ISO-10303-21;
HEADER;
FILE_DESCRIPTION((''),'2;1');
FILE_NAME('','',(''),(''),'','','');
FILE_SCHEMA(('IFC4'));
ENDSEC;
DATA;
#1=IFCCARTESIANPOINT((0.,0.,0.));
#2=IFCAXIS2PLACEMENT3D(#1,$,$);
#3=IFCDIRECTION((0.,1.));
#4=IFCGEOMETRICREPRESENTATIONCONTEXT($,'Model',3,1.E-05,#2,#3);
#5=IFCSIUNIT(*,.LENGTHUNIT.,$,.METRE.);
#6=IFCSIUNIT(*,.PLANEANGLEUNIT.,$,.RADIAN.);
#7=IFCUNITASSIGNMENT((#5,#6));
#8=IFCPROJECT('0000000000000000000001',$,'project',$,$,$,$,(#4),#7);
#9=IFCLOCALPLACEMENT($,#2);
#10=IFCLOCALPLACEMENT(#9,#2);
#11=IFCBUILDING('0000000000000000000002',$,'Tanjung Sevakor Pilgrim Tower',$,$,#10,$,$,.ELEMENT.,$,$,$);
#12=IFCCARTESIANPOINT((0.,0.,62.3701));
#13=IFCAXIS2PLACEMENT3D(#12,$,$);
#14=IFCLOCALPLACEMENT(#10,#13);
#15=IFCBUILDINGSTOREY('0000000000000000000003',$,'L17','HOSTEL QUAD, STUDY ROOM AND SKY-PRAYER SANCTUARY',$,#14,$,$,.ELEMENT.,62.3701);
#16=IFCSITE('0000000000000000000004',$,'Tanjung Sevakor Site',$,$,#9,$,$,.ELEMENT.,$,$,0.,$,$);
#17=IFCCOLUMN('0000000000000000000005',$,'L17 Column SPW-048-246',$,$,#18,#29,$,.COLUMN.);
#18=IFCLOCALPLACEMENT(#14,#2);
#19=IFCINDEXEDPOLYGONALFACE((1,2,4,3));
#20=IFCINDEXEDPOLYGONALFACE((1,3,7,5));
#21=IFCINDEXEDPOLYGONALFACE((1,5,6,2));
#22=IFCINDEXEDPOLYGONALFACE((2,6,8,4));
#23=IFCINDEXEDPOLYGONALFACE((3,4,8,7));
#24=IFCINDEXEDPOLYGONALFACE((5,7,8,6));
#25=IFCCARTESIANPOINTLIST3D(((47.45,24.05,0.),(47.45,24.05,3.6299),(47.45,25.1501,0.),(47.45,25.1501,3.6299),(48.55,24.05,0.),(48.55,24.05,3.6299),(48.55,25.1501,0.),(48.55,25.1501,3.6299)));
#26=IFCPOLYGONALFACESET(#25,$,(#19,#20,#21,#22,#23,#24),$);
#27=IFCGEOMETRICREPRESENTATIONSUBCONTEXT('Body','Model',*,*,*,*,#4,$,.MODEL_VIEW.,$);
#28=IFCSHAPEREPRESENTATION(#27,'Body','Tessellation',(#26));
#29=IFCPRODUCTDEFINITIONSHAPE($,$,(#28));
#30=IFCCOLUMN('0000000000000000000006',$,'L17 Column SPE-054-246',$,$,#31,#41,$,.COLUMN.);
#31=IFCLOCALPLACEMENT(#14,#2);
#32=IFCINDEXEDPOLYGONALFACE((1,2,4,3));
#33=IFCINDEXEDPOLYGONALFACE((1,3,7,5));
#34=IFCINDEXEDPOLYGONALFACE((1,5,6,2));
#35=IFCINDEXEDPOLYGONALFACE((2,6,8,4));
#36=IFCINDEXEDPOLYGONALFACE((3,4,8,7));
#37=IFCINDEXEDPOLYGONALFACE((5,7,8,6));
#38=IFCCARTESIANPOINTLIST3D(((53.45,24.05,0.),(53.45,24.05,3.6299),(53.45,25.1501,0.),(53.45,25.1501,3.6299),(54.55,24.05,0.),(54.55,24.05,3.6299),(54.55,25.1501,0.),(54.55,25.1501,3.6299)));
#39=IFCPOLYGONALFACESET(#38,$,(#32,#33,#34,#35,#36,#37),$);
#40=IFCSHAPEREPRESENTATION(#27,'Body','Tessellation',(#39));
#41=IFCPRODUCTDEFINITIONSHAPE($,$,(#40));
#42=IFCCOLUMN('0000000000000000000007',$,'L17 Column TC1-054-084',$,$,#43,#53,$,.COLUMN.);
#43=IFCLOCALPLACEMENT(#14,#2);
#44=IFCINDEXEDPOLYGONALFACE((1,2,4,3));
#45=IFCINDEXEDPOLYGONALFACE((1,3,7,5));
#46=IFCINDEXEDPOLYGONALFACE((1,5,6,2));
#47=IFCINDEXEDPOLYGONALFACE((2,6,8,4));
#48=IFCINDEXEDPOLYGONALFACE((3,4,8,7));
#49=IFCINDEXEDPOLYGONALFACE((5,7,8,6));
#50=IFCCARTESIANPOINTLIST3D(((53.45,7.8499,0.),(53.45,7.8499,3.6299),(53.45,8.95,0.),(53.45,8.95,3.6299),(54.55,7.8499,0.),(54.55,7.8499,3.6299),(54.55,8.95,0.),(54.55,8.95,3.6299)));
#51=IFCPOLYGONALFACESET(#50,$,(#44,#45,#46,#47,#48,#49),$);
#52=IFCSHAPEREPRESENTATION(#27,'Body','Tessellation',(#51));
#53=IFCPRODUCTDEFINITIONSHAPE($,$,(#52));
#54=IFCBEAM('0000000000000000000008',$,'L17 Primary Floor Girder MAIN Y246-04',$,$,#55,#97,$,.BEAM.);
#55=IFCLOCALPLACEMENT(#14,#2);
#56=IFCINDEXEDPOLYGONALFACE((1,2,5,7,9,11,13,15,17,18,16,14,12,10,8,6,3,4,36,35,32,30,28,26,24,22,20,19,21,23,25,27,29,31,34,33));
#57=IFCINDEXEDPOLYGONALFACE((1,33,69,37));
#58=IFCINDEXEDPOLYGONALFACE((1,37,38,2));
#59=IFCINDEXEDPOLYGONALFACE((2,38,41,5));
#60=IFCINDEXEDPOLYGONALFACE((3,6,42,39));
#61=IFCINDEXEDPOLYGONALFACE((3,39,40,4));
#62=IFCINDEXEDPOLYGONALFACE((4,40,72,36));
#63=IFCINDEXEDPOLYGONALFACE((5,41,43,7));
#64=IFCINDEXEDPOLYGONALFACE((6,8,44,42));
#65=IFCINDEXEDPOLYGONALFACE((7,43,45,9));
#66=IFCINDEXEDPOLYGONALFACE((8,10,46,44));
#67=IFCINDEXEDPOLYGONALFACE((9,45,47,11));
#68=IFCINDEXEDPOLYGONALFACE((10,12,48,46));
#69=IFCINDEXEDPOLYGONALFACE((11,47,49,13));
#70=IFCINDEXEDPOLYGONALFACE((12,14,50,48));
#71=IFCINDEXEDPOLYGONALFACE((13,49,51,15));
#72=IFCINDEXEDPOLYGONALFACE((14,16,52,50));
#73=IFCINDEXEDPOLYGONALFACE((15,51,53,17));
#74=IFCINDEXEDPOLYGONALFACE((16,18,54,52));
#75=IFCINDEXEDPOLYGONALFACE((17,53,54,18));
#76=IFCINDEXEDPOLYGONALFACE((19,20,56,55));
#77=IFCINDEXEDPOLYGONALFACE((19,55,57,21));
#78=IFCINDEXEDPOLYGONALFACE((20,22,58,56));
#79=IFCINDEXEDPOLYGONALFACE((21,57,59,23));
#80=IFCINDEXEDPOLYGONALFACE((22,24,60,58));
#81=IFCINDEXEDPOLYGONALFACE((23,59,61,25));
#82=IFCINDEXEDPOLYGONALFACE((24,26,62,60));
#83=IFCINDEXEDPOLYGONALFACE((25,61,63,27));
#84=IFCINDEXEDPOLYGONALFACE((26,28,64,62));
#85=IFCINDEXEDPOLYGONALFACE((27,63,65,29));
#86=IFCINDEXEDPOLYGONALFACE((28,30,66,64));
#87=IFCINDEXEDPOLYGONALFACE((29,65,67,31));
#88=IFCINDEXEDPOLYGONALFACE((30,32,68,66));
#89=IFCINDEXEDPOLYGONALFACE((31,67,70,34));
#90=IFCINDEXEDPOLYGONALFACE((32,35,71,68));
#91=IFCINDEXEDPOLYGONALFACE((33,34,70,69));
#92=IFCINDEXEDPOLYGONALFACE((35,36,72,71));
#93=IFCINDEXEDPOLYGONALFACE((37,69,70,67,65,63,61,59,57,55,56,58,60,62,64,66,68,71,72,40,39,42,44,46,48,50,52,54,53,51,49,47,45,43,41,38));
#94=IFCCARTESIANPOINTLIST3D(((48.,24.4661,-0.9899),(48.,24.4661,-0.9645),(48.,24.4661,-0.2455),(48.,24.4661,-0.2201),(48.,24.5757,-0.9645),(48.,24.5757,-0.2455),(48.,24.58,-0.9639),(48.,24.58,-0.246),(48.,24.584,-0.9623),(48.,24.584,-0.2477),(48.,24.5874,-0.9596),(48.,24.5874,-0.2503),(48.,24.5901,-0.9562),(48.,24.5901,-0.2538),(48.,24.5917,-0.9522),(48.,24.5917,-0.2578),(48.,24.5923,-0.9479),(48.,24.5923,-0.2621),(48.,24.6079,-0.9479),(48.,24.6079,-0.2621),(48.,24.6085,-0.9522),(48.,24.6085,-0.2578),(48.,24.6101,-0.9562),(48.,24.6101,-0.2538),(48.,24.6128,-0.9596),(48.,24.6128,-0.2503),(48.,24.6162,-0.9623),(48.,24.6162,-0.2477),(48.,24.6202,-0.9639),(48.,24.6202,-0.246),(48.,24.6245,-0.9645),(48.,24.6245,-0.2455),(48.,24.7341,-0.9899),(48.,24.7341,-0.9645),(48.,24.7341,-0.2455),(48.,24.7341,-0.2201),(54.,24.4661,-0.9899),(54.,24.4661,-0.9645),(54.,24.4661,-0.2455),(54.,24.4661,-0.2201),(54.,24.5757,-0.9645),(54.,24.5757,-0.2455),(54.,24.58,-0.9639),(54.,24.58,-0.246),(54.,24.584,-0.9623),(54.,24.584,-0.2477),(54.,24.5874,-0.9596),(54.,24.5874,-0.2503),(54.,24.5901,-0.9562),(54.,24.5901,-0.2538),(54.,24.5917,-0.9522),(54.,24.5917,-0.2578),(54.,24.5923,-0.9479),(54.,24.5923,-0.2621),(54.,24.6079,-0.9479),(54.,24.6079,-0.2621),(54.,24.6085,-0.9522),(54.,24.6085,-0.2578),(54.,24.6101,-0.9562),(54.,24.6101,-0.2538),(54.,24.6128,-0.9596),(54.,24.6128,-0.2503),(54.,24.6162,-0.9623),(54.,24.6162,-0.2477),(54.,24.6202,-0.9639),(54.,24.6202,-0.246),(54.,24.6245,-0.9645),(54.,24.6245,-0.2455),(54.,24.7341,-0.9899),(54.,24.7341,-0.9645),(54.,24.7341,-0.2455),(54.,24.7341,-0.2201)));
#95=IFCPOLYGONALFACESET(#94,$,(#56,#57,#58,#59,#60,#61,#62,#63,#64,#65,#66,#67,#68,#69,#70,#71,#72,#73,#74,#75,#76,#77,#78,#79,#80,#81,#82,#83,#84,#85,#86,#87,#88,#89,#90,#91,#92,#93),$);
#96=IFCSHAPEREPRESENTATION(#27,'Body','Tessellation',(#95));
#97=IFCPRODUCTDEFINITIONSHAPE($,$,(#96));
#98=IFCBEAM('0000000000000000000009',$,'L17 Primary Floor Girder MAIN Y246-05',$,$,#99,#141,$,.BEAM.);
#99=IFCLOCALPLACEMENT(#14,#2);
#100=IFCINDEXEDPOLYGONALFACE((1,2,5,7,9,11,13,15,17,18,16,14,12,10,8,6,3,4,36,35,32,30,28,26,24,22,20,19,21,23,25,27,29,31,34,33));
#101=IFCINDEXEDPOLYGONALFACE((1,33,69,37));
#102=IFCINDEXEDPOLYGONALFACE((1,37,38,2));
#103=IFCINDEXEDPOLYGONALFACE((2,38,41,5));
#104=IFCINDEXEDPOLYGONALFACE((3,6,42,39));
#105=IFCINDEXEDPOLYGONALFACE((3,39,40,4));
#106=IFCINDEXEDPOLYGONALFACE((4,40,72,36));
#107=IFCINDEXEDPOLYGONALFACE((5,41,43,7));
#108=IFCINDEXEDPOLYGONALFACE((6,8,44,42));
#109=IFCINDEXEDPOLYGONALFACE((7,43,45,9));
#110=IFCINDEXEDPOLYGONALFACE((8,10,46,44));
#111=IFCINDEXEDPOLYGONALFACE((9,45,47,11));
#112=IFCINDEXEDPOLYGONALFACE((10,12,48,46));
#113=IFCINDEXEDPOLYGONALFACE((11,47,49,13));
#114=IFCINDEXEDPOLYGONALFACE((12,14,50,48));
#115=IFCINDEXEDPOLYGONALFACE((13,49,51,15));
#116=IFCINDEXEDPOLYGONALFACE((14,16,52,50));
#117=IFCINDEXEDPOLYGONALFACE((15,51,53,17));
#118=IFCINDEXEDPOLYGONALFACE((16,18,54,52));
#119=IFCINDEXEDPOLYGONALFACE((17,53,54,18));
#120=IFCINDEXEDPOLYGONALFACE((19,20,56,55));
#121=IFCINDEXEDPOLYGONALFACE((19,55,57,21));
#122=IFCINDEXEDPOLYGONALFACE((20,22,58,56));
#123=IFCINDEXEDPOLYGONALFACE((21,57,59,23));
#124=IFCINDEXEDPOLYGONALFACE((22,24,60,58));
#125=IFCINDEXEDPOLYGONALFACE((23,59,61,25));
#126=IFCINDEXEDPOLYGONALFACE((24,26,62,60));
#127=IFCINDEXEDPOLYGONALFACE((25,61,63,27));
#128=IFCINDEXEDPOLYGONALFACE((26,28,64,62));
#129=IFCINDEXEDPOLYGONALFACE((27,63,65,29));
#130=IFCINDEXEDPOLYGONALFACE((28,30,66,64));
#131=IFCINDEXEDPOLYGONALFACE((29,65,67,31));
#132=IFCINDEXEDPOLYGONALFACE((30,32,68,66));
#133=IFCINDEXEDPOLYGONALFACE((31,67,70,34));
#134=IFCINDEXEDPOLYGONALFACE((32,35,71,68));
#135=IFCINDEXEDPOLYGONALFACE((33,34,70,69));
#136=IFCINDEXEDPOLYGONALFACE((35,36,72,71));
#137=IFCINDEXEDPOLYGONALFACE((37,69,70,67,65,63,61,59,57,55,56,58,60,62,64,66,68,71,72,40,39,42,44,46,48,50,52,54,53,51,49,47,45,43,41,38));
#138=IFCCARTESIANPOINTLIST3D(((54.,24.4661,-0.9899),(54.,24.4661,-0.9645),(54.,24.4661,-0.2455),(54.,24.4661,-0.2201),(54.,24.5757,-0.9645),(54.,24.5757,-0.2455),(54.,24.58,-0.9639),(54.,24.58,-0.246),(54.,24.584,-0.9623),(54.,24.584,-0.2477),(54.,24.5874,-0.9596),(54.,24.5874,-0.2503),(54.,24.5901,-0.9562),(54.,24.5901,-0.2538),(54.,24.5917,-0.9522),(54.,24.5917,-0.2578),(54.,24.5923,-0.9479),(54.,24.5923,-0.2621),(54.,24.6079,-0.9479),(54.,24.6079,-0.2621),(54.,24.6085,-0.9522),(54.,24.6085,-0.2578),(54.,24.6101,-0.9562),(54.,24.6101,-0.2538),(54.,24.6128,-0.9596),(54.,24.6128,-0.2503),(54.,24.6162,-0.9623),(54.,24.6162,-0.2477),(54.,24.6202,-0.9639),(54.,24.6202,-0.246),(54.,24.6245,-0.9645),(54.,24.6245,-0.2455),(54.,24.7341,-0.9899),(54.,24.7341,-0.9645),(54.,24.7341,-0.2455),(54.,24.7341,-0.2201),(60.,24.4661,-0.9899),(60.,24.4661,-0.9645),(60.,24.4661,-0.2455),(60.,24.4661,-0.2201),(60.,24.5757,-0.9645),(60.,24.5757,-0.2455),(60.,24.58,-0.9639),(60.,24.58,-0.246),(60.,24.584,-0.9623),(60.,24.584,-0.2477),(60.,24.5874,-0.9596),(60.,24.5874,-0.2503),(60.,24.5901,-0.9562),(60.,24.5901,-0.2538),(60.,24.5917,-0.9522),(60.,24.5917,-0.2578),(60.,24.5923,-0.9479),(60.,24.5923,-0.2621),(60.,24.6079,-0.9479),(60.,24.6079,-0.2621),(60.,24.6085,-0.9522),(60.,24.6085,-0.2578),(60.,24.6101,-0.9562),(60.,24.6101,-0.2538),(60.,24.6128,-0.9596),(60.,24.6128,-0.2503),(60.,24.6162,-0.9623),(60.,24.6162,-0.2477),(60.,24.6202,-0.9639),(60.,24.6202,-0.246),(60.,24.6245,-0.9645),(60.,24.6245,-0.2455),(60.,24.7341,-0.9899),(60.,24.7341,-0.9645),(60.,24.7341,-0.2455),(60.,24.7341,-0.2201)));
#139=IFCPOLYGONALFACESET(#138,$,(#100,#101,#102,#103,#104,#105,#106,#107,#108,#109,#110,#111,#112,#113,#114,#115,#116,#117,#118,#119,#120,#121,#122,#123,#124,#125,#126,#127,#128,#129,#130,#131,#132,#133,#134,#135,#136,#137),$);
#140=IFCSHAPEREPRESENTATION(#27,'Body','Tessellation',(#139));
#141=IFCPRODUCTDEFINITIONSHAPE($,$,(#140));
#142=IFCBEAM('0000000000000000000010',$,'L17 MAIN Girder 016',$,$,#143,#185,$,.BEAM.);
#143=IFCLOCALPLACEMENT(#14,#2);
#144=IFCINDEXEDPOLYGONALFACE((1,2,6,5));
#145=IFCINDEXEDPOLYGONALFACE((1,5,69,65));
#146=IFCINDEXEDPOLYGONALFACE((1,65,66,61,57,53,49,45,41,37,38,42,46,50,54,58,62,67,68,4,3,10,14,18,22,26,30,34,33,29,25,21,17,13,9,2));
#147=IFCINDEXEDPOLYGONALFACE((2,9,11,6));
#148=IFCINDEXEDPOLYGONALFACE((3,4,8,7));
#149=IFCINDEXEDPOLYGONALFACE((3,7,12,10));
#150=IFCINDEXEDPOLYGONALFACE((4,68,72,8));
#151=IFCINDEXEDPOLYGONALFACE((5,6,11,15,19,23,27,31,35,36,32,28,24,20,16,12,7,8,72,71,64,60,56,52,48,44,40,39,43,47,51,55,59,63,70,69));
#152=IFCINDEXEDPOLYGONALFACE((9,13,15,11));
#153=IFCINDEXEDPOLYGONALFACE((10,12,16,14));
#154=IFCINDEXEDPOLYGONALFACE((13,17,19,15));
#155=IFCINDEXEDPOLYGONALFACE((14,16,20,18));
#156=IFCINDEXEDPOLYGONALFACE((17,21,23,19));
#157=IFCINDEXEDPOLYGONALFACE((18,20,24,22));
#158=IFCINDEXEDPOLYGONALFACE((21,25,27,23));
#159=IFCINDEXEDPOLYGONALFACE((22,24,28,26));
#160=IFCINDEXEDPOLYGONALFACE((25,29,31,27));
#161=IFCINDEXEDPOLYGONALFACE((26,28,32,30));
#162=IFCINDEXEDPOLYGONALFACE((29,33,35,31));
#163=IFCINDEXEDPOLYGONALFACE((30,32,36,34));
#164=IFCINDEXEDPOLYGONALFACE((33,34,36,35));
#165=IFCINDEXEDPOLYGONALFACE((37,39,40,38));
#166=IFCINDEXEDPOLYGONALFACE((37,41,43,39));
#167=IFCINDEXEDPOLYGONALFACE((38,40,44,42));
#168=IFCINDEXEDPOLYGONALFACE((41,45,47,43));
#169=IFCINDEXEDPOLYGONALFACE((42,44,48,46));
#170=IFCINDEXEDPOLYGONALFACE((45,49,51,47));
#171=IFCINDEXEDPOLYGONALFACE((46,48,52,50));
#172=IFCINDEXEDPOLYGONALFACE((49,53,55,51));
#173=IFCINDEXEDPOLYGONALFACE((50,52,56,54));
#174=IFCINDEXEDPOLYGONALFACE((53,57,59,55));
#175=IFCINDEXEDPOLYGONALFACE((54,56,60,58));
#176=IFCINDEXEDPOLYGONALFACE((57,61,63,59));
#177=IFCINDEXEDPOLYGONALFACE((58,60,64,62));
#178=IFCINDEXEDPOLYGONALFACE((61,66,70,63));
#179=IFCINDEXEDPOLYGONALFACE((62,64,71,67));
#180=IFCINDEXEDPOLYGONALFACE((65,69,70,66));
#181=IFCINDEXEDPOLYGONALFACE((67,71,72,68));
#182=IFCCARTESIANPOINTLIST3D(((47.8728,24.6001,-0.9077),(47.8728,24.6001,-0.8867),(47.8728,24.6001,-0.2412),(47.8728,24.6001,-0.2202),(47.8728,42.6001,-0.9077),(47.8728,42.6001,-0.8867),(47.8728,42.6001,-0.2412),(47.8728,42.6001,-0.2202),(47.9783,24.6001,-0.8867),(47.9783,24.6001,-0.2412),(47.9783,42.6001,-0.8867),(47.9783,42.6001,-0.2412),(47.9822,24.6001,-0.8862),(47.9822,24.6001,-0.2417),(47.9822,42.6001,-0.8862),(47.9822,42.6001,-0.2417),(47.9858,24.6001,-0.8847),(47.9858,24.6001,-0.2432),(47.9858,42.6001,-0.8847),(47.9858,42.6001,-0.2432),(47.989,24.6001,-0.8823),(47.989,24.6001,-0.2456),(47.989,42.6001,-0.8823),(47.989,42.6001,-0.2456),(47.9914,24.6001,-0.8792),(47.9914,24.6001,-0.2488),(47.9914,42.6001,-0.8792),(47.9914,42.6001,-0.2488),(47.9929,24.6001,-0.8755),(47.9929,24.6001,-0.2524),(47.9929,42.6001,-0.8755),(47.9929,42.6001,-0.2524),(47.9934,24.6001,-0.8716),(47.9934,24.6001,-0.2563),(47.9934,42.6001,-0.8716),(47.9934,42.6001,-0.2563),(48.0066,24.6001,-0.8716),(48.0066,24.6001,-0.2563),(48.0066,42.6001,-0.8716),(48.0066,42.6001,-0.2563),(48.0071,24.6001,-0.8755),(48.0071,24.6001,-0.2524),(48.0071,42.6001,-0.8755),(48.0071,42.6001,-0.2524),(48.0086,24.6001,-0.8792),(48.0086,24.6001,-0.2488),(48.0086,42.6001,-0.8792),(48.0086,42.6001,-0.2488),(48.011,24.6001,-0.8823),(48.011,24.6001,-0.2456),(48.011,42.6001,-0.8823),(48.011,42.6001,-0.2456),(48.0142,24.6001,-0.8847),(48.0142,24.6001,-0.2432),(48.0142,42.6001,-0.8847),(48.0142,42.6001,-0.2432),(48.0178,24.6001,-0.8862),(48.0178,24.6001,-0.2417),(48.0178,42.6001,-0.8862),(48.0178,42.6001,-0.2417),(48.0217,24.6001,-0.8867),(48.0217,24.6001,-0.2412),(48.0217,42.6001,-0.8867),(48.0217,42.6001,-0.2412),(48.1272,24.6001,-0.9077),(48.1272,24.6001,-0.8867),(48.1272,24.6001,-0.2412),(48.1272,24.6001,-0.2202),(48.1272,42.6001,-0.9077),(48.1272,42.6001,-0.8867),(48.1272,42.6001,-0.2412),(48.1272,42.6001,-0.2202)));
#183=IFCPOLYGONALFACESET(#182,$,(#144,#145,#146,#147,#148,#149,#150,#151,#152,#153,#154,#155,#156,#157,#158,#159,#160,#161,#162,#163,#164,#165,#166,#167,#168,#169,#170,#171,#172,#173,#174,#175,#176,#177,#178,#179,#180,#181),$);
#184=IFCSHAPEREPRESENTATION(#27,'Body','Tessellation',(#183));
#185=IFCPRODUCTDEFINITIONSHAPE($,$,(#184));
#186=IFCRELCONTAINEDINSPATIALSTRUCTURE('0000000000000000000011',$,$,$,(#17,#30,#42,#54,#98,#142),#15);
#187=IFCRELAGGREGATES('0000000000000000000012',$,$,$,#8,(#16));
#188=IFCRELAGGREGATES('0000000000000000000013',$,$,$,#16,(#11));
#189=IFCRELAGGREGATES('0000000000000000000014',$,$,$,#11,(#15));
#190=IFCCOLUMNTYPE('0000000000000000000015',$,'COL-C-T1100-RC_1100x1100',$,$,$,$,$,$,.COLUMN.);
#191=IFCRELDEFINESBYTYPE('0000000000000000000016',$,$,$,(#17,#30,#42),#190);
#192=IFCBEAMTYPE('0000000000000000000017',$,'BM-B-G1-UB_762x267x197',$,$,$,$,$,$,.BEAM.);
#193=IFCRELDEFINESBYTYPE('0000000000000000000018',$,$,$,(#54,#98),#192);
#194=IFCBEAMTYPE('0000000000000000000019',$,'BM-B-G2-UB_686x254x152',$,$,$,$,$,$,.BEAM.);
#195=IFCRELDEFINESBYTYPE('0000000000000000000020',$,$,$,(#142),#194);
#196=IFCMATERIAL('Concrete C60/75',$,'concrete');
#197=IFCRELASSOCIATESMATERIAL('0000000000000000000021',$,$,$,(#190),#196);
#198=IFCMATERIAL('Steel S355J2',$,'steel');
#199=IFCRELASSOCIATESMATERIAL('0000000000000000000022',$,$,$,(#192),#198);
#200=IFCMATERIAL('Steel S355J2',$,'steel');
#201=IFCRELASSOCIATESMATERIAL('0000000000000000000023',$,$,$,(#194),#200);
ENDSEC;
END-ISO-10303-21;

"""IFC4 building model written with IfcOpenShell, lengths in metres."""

from ifc_helpers import new_model, si_unit, direction, frame, origin, origin_2d, place, context, subcontext, project, spatial, rectangle, i_section, extrude, material, material_profile, profile_set, type_object, element, save


model = new_model("IFC4")

# Units and contexts
model_context = context("Model", 3, precision=1e-05, world=origin(), true_north=direction((0.0, 1.0)))
body_context = subcontext(model_context, "Body", "Model", "MODEL_VIEW")
ifc_project = project(units=[si_unit("LENGTHUNIT", "METRE"), si_unit("PLANEANGLEUNIT", "RADIAN")], contexts=[model_context])

# Site, building, storey
site_placement = place(None, origin())
site = spatial("IfcSite", under=ifc_project, at=site_placement, Name="Tanjung Sevakor Site", CompositionType="ELEMENT", RefElevation=0.0)
building_placement = place(site_placement, origin())
building = spatial("IfcBuilding", under=site, at=building_placement, Name="Tanjung Sevakor Pilgrim Tower", CompositionType="ELEMENT")
storey_placement = place(building_placement, frame((0.0, 0.0, 62.3701)))
storey = spatial("IfcBuildingStorey", under=building, at=storey_placement, Name="L17", Description="HOSTEL QUAD, STUDY ROOM AND SKY-PRAYER SANCTUARY", CompositionType="ELEMENT", Elevation=62.3701)

# Columns
ifc_material_1 = material(Name="Concrete C60/75", Category="concrete")
ifc_material_profile_1 = material_profile(ifc_material_1, rectangle(XDim=1.1001, YDim=1.1001, at=origin_2d()))
ifc_profile_set_1 = profile_set([ifc_material_profile_1], Name="Concrete C60/75")
column_type = type_object("IfcColumnType", Name="COL-C-T1100-RC_1100x1100", PredefinedType="COLUMN", material=ifc_profile_set_1)
for number, where, z_axis, x_axis, name in (
    (1, (48.0, 24.6001, 0.0), (0.0, 0.0, 1.0), (1.0, 0.0, 0.0), "L17 Column SPW-048-246"),
    (2, (54.0, 24.6001, 0.0), (0.0, 0.0, 1.0), (1.0, 0.0, 0.0), "L17 Column SPE-054-246"),
    (3, (54.0, 8.3999, 0.0), (0.0, 0.0, 1.0), (1.0, 0.0, 0.0), "L17 Column TC1-054-084"),
):
    element("IfcColumn", number, at=place(storey_placement, frame(where, z_axis=z_axis, x_axis=x_axis)), inside=storey, type_object=column_type, Name=name, PredefinedType="COLUMN", context=body_context, shape_type="SweptSolid", body=[
        extrude(rectangle(XDim=1.1001, YDim=1.1001, at=origin_2d()), origin(), (0.0, 0.0, 1.0), 3.6299),
    ])

# Beams
ifc_material_2 = material(Name="Steel S355J2", Category="steel")
ifc_material_profile_2 = material_profile(ifc_material_2, i_section(OverallWidth=0.2681, OverallDepth=0.7698, WebThickness=0.0156, FlangeThickness=0.0254, FilletRadius=0.0166, at=origin_2d()))
ifc_profile_set_2 = profile_set([ifc_material_profile_2], Name="Steel S355J2")
beam_type_1 = type_object("IfcBeamType", Name="BM-B-G1-UB_762x267x197", PredefinedType="BEAM", material=ifc_profile_set_2)
for number, where, z_axis, x_axis, name in (
    (4, (48.0, 24.6001, -0.605), (1.0, 0.0, 0.0), (0.0, 1.0, 0.0), "L17 Primary Floor Girder MAIN Y246-04"),
    (5, (54.0, 24.6001, -0.605), (1.0, 0.0, 0.0), (0.0, 1.0, 0.0), "L17 Primary Floor Girder MAIN Y246-05"),
):
    element("IfcBeam", number, at=place(storey_placement, frame(where, z_axis=z_axis, x_axis=x_axis)), inside=storey, type_object=beam_type_1, Name=name, PredefinedType="BEAM", context=body_context, shape_type="SweptSolid", body=[
        extrude(i_section(OverallWidth=0.2681, OverallDepth=0.7698, WebThickness=0.0156, FlangeThickness=0.0254, FilletRadius=0.0166, at=origin_2d()), origin(), (0.0, 0.0, 1.0), 6.0),
    ])
ifc_material_3 = material(Name="Steel S355J2", Category="steel")
ifc_material_profile_3 = material_profile(ifc_material_3, i_section(OverallWidth=0.2544, OverallDepth=0.6875, WebThickness=0.0132, FlangeThickness=0.021, FilletRadius=0.0151, at=origin_2d()))
ifc_profile_set_3 = profile_set([ifc_material_profile_3], Name="Steel S355J2")
beam_type_2 = type_object("IfcBeamType", Name="BM-B-G2-UB_686x254x152", PredefinedType="BEAM", material=ifc_profile_set_3)
beam_1_placement = place(storey_placement, frame((48.0, 24.6001, -0.564), z_axis=(0.0, 1.0, 0.0), x_axis=(-1.0, 0.0, 0.0)))
element("IfcBeam", 6, at=beam_1_placement, inside=storey, type_object=beam_type_2, Name="L17 MAIN Girder 016", PredefinedType="BEAM", context=body_context, shape_type="SweptSolid", body=[
    extrude(i_section(OverallWidth=0.2544, OverallDepth=0.6875, WebThickness=0.0132, FlangeThickness=0.021, FilletRadius=0.0151, at=origin_2d()), origin(), (0.0, 0.0, 1.0), 18.0),
])

save(model, "model.ifc")
